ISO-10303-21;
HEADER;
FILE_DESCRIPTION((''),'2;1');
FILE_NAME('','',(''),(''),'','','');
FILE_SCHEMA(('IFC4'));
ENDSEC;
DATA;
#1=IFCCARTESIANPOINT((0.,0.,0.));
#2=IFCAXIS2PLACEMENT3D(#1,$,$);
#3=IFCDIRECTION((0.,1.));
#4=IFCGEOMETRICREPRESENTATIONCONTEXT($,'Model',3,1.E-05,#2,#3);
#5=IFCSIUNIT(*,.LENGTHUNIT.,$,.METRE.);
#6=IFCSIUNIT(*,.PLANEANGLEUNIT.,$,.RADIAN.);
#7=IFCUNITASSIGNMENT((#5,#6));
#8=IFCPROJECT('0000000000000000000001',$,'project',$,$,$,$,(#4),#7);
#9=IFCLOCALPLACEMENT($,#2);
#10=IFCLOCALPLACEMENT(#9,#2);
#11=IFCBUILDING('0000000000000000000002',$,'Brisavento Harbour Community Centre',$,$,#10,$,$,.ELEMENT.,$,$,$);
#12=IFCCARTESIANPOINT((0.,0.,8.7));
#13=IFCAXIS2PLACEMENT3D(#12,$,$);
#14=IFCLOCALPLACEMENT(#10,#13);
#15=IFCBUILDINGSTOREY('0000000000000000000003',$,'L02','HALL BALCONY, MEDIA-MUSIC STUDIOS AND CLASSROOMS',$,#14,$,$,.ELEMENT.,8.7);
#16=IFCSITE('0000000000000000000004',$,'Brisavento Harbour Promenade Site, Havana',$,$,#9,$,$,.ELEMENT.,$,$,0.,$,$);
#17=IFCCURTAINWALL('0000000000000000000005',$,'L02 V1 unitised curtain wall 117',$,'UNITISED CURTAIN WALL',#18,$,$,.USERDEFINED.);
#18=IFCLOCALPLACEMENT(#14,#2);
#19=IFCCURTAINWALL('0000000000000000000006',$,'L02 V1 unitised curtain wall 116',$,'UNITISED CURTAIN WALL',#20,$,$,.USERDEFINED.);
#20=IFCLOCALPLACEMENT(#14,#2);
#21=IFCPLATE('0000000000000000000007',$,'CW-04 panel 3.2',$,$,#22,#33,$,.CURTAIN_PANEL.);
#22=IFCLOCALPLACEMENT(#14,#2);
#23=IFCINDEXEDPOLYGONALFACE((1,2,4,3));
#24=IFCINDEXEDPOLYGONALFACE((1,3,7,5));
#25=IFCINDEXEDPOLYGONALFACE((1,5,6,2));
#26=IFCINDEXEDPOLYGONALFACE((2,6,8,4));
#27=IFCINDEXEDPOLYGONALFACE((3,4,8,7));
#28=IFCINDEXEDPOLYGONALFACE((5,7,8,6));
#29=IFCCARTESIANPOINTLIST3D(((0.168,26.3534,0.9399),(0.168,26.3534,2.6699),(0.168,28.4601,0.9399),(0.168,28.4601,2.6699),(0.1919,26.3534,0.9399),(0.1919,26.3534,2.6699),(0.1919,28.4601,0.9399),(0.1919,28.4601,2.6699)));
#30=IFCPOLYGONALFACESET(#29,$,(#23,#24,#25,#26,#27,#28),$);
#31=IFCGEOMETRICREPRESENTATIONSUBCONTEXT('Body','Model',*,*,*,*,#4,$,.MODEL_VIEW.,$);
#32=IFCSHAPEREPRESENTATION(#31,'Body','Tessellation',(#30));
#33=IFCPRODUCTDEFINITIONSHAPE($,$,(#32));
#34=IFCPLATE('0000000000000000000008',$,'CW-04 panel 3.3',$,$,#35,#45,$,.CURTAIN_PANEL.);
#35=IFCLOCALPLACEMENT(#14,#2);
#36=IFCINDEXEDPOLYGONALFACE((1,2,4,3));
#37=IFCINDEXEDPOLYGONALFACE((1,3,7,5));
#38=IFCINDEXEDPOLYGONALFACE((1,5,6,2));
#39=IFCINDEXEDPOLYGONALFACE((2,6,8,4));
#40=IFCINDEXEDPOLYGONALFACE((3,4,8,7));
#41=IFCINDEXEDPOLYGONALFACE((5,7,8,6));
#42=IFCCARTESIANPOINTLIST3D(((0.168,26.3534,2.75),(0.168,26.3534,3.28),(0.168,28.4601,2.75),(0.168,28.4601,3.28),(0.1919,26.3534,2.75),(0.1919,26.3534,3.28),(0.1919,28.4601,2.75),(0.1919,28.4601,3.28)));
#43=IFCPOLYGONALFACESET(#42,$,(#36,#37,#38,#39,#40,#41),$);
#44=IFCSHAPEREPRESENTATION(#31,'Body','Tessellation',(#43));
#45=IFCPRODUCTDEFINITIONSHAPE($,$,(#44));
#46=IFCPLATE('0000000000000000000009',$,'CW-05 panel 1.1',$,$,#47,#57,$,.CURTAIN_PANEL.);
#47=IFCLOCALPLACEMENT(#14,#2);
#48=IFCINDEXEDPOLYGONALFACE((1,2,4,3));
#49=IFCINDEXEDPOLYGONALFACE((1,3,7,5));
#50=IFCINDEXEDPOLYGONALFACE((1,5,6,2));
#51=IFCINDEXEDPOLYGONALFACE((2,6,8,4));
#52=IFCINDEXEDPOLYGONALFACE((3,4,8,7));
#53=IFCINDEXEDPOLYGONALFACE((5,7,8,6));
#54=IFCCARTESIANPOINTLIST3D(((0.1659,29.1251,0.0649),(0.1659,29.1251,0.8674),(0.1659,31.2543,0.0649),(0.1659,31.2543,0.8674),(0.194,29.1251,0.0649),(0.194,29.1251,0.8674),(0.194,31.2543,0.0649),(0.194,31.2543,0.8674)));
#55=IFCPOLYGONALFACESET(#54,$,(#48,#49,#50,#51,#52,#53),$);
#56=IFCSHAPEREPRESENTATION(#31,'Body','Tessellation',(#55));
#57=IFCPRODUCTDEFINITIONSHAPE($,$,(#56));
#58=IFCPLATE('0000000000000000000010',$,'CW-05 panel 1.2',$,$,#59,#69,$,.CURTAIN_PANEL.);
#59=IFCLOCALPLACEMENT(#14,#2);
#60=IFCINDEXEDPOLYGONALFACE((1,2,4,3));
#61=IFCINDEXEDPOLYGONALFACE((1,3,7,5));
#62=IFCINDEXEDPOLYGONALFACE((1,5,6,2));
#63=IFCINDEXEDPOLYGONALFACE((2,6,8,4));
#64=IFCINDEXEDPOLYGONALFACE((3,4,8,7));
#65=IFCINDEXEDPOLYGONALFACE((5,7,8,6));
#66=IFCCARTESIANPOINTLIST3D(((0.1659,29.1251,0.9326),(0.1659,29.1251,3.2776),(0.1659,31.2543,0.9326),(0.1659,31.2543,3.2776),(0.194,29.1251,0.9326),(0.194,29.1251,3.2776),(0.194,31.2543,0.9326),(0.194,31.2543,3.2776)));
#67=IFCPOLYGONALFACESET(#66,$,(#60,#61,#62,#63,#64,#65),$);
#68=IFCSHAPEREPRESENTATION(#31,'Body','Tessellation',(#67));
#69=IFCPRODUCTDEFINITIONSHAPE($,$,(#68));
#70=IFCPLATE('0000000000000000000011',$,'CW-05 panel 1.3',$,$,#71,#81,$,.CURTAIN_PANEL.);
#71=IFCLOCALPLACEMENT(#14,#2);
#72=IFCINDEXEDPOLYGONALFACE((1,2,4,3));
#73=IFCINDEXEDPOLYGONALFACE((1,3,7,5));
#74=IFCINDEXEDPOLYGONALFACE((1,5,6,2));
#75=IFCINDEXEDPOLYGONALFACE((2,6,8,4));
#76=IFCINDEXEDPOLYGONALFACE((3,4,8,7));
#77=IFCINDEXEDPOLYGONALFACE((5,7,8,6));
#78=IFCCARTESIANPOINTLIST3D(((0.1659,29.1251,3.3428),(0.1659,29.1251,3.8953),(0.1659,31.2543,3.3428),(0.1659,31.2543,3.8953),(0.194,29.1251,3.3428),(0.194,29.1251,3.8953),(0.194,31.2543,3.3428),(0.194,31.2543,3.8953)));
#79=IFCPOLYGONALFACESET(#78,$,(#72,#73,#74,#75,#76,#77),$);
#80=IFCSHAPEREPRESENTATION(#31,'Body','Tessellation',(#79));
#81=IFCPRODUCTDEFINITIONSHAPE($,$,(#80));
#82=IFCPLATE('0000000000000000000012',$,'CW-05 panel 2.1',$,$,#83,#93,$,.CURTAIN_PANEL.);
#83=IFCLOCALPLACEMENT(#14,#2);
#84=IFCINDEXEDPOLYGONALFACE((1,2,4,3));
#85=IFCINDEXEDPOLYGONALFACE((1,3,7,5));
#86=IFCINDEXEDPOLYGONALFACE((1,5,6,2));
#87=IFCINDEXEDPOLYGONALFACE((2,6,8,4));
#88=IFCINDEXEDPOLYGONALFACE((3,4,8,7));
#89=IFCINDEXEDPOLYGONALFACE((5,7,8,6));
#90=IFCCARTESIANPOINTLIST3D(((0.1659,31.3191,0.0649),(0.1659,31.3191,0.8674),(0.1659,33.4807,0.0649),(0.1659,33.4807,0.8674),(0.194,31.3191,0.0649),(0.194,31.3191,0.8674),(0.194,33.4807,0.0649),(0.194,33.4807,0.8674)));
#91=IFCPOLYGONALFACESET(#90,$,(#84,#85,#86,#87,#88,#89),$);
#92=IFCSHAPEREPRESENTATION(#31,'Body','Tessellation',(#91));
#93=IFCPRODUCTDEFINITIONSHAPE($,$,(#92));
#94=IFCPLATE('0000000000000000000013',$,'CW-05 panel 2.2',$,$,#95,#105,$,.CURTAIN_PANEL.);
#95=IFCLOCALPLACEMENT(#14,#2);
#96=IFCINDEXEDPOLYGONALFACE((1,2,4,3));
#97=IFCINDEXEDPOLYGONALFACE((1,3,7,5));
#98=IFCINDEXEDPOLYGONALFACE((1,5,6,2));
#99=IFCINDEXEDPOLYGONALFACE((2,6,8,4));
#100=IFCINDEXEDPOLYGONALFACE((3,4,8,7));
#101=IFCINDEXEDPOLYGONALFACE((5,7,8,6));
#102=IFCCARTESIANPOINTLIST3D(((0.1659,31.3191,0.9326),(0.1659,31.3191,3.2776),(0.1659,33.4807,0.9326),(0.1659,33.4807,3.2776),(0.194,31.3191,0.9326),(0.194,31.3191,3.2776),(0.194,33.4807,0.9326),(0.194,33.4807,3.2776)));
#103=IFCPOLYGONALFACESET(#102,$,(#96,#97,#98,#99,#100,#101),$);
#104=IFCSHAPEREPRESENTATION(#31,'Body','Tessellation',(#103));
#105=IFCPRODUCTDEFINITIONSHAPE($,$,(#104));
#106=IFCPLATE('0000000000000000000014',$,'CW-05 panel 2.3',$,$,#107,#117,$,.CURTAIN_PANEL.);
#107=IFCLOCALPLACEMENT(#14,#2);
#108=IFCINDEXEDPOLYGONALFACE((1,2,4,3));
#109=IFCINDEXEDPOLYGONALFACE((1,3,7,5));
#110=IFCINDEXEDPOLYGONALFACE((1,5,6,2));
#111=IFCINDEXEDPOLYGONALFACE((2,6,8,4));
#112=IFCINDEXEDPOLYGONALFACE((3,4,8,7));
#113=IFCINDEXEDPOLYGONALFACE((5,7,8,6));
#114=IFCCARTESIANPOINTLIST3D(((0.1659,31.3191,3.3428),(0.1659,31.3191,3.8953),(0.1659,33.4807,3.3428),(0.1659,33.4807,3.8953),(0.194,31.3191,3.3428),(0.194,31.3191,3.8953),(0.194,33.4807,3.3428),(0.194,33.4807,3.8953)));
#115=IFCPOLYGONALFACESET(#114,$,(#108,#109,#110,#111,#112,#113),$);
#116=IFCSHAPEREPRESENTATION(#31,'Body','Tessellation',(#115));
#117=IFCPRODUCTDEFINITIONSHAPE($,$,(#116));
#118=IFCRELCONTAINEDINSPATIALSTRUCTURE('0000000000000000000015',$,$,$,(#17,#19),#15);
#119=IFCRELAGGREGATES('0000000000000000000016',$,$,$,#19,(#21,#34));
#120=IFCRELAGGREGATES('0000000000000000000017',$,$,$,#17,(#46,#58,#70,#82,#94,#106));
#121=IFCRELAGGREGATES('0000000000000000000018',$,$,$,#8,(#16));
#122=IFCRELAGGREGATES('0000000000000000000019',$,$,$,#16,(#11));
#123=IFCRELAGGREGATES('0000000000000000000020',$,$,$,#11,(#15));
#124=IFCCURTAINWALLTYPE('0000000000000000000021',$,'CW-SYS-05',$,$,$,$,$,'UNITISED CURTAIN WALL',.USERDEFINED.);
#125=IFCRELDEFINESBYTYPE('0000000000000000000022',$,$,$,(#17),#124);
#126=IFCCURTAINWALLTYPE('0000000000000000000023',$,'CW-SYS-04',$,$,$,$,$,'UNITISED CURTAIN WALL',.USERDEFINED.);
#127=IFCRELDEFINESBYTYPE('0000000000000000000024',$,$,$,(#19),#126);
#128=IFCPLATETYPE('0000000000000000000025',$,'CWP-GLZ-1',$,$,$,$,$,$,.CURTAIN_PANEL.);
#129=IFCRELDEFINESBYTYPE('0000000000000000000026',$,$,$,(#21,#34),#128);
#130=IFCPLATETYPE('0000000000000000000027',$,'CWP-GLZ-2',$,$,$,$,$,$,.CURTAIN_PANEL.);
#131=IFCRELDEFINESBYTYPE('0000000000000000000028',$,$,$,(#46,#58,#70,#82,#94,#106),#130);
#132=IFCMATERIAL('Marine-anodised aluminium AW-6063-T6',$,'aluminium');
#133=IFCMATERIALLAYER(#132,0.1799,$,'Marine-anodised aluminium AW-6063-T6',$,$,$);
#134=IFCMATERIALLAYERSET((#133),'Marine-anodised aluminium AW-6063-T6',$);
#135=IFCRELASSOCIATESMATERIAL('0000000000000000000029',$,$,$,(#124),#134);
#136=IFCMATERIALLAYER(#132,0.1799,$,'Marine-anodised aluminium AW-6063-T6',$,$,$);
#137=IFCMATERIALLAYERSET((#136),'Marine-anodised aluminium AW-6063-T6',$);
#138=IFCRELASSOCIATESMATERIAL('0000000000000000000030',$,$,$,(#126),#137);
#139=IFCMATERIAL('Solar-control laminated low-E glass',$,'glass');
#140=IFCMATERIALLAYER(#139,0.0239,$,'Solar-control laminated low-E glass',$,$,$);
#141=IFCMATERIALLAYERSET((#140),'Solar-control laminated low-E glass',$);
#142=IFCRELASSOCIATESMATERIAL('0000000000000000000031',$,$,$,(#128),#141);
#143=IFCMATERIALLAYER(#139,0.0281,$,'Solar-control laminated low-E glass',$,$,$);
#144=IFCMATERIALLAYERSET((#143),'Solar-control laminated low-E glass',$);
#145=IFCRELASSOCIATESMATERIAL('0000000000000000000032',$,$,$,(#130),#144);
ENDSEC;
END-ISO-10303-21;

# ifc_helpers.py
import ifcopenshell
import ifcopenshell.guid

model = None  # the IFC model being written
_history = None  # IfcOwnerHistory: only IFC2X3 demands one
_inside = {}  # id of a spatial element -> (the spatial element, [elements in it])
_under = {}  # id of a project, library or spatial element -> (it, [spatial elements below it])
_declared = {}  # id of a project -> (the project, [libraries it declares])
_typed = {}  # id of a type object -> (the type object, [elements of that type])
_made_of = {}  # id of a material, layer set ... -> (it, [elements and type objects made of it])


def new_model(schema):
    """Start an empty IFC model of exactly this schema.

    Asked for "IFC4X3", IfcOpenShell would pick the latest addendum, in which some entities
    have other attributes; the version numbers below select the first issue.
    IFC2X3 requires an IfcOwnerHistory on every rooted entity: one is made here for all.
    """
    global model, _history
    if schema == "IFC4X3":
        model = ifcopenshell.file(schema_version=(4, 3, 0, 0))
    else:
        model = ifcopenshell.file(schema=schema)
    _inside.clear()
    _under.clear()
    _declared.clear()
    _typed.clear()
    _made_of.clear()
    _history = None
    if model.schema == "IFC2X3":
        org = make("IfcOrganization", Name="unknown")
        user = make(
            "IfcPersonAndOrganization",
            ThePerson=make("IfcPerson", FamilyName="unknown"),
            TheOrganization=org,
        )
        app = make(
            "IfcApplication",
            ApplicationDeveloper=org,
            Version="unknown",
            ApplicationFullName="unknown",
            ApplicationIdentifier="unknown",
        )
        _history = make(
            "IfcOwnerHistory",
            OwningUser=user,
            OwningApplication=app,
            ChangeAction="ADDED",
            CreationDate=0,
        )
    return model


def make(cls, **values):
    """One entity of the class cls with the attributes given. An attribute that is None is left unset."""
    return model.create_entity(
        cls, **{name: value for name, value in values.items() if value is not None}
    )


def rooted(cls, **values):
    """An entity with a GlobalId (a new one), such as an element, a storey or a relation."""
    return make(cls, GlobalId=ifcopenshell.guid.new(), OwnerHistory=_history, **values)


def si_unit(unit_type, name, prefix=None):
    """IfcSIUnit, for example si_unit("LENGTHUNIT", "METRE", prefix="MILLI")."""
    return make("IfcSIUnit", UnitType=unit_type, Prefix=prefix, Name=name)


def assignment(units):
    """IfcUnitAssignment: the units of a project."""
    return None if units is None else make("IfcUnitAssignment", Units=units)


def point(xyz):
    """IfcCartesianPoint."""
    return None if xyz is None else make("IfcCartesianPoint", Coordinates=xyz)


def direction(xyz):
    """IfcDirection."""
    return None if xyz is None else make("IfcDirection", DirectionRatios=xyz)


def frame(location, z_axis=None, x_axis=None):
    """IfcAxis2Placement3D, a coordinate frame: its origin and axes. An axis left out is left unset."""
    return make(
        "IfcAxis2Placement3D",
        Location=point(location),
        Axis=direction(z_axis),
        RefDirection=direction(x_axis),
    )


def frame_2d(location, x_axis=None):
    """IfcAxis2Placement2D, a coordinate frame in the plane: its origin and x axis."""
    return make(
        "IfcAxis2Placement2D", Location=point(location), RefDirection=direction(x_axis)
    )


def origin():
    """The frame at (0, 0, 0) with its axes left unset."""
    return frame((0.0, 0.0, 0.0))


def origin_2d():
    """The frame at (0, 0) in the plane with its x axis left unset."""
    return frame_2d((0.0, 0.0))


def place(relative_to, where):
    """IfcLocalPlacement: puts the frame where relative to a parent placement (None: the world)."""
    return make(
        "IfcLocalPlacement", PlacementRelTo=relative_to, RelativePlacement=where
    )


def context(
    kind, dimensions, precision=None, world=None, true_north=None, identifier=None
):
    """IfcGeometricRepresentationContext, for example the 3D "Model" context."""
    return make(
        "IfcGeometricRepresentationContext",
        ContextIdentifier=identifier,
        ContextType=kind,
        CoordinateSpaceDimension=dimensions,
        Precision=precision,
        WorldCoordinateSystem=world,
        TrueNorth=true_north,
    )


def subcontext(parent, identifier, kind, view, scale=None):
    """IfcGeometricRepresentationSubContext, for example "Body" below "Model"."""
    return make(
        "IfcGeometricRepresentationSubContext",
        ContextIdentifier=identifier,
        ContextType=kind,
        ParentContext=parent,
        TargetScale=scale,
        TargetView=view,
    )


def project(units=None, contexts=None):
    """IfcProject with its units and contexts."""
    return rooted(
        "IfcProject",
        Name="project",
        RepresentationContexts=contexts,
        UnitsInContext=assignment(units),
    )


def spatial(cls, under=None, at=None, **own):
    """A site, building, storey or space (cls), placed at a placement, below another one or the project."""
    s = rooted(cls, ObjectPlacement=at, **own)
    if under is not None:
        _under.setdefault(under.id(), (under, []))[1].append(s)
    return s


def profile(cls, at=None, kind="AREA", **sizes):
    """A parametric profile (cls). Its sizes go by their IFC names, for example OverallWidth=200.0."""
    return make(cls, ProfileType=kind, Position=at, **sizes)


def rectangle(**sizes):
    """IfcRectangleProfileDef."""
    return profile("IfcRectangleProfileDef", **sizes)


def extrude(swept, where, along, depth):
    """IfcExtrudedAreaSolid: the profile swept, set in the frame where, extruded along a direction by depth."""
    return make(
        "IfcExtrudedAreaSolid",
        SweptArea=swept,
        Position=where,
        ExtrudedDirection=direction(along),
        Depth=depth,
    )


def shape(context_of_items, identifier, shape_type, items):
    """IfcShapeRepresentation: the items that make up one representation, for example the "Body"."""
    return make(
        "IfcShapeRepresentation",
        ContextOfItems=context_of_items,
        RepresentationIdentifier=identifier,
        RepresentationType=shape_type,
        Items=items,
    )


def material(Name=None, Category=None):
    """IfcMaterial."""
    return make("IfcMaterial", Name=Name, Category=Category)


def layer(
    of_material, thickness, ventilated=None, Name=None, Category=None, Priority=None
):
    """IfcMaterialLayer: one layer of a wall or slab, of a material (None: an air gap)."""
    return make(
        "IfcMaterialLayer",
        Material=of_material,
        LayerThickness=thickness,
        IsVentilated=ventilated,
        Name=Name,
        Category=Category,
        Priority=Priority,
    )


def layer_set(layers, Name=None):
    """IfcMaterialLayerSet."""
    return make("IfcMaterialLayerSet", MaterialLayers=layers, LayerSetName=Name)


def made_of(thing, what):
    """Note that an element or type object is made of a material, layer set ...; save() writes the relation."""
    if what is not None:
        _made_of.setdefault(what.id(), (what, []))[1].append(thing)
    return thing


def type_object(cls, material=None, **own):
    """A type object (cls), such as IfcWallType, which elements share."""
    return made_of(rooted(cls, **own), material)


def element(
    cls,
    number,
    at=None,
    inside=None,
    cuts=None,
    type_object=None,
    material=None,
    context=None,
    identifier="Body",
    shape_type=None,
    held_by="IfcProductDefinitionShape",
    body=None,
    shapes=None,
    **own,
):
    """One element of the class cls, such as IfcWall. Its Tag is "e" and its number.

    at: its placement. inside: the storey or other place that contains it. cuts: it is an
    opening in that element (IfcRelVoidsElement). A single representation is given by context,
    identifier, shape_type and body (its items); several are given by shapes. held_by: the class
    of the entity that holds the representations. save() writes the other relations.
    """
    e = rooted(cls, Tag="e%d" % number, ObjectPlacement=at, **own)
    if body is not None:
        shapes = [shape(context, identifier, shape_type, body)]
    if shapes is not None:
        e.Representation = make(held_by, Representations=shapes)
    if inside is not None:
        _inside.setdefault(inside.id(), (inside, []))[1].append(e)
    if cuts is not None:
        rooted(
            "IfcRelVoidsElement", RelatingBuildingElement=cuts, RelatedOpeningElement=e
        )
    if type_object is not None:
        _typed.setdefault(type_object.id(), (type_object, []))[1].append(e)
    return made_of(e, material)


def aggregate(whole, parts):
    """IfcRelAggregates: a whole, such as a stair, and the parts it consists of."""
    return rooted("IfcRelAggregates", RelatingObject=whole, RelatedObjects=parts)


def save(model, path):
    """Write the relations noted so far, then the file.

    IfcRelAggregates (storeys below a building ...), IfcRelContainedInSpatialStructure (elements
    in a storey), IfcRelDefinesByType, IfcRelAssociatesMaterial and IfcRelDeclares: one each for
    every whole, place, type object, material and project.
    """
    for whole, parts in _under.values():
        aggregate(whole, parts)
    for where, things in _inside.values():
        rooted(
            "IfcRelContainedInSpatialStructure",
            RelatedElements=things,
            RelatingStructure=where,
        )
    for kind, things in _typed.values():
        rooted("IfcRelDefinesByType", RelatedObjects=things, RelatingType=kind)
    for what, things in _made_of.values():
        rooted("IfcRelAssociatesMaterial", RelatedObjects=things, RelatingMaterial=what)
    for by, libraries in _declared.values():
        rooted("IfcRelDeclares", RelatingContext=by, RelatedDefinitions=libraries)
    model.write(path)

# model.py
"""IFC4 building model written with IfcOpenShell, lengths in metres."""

from ifc_helpers import new_model, si_unit, direction, frame, origin, origin_2d, place, context, subcontext, project, spatial, rectangle, extrude, material, layer, layer_set, type_object, element, aggregate, save


model = new_model("IFC4")

# Units and contexts
model_context = context("Model", 3, precision=1e-05, world=origin(), true_north=direction((0.0, 1.0)))
body_context = subcontext(model_context, "Body", "Model", "MODEL_VIEW")
ifc_project = project(units=[si_unit("LENGTHUNIT", "METRE"), si_unit("PLANEANGLEUNIT", "RADIAN")], contexts=[model_context])

# Site, building, storey
site_placement = place(None, origin())
site = spatial("IfcSite", under=ifc_project, at=site_placement, Name="Brisavento Harbour Promenade Site, Havana", CompositionType="ELEMENT", RefElevation=0.0)
building_placement = place(site_placement, origin())
building = spatial("IfcBuilding", under=site, at=building_placement, Name="Brisavento Harbour Community Centre", CompositionType="ELEMENT")
storey_placement = place(building_placement, frame((0.0, 0.0, 8.7)))
storey = spatial("IfcBuildingStorey", under=building, at=storey_placement, Name="L02", Description="HALL BALCONY, MEDIA-MUSIC STUDIOS AND CLASSROOMS", CompositionType="ELEMENT", Elevation=8.7)

# Curtain wall
ifc_material_1 = material(Name="Marine-anodised aluminium AW-6063-T6", Category="aluminium")
ifc_layer_1 = layer(ifc_material_1, 0.1799, Name="Marine-anodised aluminium AW-6063-T6")
ifc_layer_set_1 = layer_set([ifc_layer_1], Name="Marine-anodised aluminium AW-6063-T6")
curtain_wall_type_1 = type_object("IfcCurtainWallType", Name="CW-SYS-05", ElementType="UNITISED CURTAIN WALL", PredefinedType="USERDEFINED", material=ifc_layer_set_1)
curtain_wall_1_placement = place(storey_placement, origin())
curtain_wall_1 = element("IfcCurtainWall", 1, at=curtain_wall_1_placement, inside=storey, type_object=curtain_wall_type_1, Name="L02 V1 unitised curtain wall 117", ObjectType="UNITISED CURTAIN WALL", PredefinedType="USERDEFINED")

# Curtain wall
ifc_layer_2 = layer(ifc_material_1, 0.1799, Name="Marine-anodised aluminium AW-6063-T6")
ifc_layer_set_2 = layer_set([ifc_layer_2], Name="Marine-anodised aluminium AW-6063-T6")
curtain_wall_type_2 = type_object("IfcCurtainWallType", Name="CW-SYS-04", ElementType="UNITISED CURTAIN WALL", PredefinedType="USERDEFINED", material=ifc_layer_set_2)
curtain_wall_2_placement = place(storey_placement, origin())
curtain_wall_2 = element("IfcCurtainWall", 2, at=curtain_wall_2_placement, inside=storey, type_object=curtain_wall_type_2, Name="L02 V1 unitised curtain wall 116", ObjectType="UNITISED CURTAIN WALL", PredefinedType="USERDEFINED")

# Plates
ifc_material_2 = material(Name="Solar-control laminated low-E glass", Category="glass")
ifc_layer_3 = layer(ifc_material_2, 0.0239, Name="Solar-control laminated low-E glass")
ifc_layer_set_3 = layer_set([ifc_layer_3], Name="Solar-control laminated low-E glass")
plate_type_1 = type_object("IfcPlateType", Name="CWP-GLZ-1", PredefinedType="CURTAIN_PANEL", material=ifc_layer_set_3)
plate_1_placement = place(storey_placement, frame((0.1799, 27.4067, 0.9399), z_axis=(0.0, 0.0, 1.0), x_axis=(0.0, 1.0, 0.0)))
plate_1 = element("IfcPlate", 3, at=plate_1_placement, type_object=plate_type_1, Name="CW-04 panel 3.2", PredefinedType="CURTAIN_PANEL", context=body_context, shape_type="SweptSolid", body=[
    extrude(rectangle(XDim=2.1067, YDim=0.0239, at=origin_2d()), origin(), (0.0, 0.0, 1.0), 1.73),
])
plate_2_placement = place(storey_placement, frame((0.1799, 27.4067, 2.75), z_axis=(0.0, 0.0, 1.0), x_axis=(0.0, 1.0, 0.0)))
plate_2 = element("IfcPlate", 4, at=plate_2_placement, type_object=plate_type_1, Name="CW-04 panel 3.3", PredefinedType="CURTAIN_PANEL", context=body_context, shape_type="SweptSolid", body=[
    extrude(rectangle(XDim=2.1067, YDim=0.0239, at=origin_2d()), origin(), (0.0, 0.0, 1.0), 0.53),
])
aggregate(curtain_wall_2, [plate_1, plate_2])
ifc_layer_4 = layer(ifc_material_2, 0.0281, Name="Solar-control laminated low-E glass")
ifc_layer_set_4 = layer_set([ifc_layer_4], Name="Solar-control laminated low-E glass")
plate_type_2 = type_object("IfcPlateType", Name="CWP-GLZ-2", PredefinedType="CURTAIN_PANEL", material=ifc_layer_set_4)
plate_3_placement = place(storey_placement, frame((0.1799, 30.1897, 0.0649), z_axis=(0.0, 0.0, 1.0), x_axis=(0.0, 1.0, 0.0)))
plate_3 = element("IfcPlate", 5, at=plate_3_placement, type_object=plate_type_2, Name="CW-05 panel 1.1", PredefinedType="CURTAIN_PANEL", context=body_context, shape_type="SweptSolid", body=[
    extrude(rectangle(XDim=2.1292, YDim=0.0281, at=origin_2d()), origin(), (0.0, 0.0, 1.0), 0.8025),
])
plate_4_placement = place(storey_placement, frame((0.1799, 30.1897, 0.9326), z_axis=(0.0, 0.0, 1.0), x_axis=(0.0, 1.0, 0.0)))
plate_4 = element("IfcPlate", 6, at=plate_4_placement, type_object=plate_type_2, Name="CW-05 panel 1.2", PredefinedType="CURTAIN_PANEL", context=body_context, shape_type="SweptSolid", body=[
    extrude(rectangle(XDim=2.1292, YDim=0.0281, at=origin_2d()), origin(), (0.0, 0.0, 1.0), 2.345),
])
plate_5_placement = place(storey_placement, frame((0.1799, 30.1897, 3.3428), z_axis=(0.0, 0.0, 1.0), x_axis=(0.0, 1.0, 0.0)))
plate_5 = element("IfcPlate", 7, at=plate_5_placement, type_object=plate_type_2, Name="CW-05 panel 1.3", PredefinedType="CURTAIN_PANEL", context=body_context, shape_type="SweptSolid", body=[
    extrude(rectangle(XDim=2.1292, YDim=0.0281, at=origin_2d()), origin(), (0.0, 0.0, 1.0), 0.5525),
])
plate_6_placement = place(storey_placement, frame((0.1799, 32.3999, 0.0649), z_axis=(0.0, 0.0, 1.0), x_axis=(0.0, 1.0, 0.0)))
plate_6 = element("IfcPlate", 8, at=plate_6_placement, type_object=plate_type_2, Name="CW-05 panel 2.1", PredefinedType="CURTAIN_PANEL", context=body_context, shape_type="SweptSolid", body=[
    extrude(rectangle(XDim=2.1616, YDim=0.0281, at=origin_2d()), origin(), (0.0, 0.0, 1.0), 0.8025),
])
plate_7_placement = place(storey_placement, frame((0.1799, 32.3999, 0.9326), z_axis=(0.0, 0.0, 1.0), x_axis=(0.0, 1.0, 0.0)))
plate_7 = element("IfcPlate", 9, at=plate_7_placement, type_object=plate_type_2, Name="CW-05 panel 2.2", PredefinedType="CURTAIN_PANEL", context=body_context, shape_type="SweptSolid", body=[
    extrude(rectangle(XDim=2.1616, YDim=0.0281, at=origin_2d()), origin(), (0.0, 0.0, 1.0), 2.345),
])
plate_8_placement = place(storey_placement, frame((0.1799, 32.3999, 3.3428), z_axis=(0.0, 0.0, 1.0), x_axis=(0.0, 1.0, 0.0)))
plate_8 = element("IfcPlate", 10, at=plate_8_placement, type_object=plate_type_2, Name="CW-05 panel 2.3", PredefinedType="CURTAIN_PANEL", context=body_context, shape_type="SweptSolid", body=[
    extrude(rectangle(XDim=2.1616, YDim=0.0281, at=origin_2d()), origin(), (0.0, 0.0, 1.0), 0.5525),
])
aggregate(curtain_wall_1, [plate_3, plate_4, plate_5, plate_6, plate_7, plate_8])

save(model, "model.ifc")
